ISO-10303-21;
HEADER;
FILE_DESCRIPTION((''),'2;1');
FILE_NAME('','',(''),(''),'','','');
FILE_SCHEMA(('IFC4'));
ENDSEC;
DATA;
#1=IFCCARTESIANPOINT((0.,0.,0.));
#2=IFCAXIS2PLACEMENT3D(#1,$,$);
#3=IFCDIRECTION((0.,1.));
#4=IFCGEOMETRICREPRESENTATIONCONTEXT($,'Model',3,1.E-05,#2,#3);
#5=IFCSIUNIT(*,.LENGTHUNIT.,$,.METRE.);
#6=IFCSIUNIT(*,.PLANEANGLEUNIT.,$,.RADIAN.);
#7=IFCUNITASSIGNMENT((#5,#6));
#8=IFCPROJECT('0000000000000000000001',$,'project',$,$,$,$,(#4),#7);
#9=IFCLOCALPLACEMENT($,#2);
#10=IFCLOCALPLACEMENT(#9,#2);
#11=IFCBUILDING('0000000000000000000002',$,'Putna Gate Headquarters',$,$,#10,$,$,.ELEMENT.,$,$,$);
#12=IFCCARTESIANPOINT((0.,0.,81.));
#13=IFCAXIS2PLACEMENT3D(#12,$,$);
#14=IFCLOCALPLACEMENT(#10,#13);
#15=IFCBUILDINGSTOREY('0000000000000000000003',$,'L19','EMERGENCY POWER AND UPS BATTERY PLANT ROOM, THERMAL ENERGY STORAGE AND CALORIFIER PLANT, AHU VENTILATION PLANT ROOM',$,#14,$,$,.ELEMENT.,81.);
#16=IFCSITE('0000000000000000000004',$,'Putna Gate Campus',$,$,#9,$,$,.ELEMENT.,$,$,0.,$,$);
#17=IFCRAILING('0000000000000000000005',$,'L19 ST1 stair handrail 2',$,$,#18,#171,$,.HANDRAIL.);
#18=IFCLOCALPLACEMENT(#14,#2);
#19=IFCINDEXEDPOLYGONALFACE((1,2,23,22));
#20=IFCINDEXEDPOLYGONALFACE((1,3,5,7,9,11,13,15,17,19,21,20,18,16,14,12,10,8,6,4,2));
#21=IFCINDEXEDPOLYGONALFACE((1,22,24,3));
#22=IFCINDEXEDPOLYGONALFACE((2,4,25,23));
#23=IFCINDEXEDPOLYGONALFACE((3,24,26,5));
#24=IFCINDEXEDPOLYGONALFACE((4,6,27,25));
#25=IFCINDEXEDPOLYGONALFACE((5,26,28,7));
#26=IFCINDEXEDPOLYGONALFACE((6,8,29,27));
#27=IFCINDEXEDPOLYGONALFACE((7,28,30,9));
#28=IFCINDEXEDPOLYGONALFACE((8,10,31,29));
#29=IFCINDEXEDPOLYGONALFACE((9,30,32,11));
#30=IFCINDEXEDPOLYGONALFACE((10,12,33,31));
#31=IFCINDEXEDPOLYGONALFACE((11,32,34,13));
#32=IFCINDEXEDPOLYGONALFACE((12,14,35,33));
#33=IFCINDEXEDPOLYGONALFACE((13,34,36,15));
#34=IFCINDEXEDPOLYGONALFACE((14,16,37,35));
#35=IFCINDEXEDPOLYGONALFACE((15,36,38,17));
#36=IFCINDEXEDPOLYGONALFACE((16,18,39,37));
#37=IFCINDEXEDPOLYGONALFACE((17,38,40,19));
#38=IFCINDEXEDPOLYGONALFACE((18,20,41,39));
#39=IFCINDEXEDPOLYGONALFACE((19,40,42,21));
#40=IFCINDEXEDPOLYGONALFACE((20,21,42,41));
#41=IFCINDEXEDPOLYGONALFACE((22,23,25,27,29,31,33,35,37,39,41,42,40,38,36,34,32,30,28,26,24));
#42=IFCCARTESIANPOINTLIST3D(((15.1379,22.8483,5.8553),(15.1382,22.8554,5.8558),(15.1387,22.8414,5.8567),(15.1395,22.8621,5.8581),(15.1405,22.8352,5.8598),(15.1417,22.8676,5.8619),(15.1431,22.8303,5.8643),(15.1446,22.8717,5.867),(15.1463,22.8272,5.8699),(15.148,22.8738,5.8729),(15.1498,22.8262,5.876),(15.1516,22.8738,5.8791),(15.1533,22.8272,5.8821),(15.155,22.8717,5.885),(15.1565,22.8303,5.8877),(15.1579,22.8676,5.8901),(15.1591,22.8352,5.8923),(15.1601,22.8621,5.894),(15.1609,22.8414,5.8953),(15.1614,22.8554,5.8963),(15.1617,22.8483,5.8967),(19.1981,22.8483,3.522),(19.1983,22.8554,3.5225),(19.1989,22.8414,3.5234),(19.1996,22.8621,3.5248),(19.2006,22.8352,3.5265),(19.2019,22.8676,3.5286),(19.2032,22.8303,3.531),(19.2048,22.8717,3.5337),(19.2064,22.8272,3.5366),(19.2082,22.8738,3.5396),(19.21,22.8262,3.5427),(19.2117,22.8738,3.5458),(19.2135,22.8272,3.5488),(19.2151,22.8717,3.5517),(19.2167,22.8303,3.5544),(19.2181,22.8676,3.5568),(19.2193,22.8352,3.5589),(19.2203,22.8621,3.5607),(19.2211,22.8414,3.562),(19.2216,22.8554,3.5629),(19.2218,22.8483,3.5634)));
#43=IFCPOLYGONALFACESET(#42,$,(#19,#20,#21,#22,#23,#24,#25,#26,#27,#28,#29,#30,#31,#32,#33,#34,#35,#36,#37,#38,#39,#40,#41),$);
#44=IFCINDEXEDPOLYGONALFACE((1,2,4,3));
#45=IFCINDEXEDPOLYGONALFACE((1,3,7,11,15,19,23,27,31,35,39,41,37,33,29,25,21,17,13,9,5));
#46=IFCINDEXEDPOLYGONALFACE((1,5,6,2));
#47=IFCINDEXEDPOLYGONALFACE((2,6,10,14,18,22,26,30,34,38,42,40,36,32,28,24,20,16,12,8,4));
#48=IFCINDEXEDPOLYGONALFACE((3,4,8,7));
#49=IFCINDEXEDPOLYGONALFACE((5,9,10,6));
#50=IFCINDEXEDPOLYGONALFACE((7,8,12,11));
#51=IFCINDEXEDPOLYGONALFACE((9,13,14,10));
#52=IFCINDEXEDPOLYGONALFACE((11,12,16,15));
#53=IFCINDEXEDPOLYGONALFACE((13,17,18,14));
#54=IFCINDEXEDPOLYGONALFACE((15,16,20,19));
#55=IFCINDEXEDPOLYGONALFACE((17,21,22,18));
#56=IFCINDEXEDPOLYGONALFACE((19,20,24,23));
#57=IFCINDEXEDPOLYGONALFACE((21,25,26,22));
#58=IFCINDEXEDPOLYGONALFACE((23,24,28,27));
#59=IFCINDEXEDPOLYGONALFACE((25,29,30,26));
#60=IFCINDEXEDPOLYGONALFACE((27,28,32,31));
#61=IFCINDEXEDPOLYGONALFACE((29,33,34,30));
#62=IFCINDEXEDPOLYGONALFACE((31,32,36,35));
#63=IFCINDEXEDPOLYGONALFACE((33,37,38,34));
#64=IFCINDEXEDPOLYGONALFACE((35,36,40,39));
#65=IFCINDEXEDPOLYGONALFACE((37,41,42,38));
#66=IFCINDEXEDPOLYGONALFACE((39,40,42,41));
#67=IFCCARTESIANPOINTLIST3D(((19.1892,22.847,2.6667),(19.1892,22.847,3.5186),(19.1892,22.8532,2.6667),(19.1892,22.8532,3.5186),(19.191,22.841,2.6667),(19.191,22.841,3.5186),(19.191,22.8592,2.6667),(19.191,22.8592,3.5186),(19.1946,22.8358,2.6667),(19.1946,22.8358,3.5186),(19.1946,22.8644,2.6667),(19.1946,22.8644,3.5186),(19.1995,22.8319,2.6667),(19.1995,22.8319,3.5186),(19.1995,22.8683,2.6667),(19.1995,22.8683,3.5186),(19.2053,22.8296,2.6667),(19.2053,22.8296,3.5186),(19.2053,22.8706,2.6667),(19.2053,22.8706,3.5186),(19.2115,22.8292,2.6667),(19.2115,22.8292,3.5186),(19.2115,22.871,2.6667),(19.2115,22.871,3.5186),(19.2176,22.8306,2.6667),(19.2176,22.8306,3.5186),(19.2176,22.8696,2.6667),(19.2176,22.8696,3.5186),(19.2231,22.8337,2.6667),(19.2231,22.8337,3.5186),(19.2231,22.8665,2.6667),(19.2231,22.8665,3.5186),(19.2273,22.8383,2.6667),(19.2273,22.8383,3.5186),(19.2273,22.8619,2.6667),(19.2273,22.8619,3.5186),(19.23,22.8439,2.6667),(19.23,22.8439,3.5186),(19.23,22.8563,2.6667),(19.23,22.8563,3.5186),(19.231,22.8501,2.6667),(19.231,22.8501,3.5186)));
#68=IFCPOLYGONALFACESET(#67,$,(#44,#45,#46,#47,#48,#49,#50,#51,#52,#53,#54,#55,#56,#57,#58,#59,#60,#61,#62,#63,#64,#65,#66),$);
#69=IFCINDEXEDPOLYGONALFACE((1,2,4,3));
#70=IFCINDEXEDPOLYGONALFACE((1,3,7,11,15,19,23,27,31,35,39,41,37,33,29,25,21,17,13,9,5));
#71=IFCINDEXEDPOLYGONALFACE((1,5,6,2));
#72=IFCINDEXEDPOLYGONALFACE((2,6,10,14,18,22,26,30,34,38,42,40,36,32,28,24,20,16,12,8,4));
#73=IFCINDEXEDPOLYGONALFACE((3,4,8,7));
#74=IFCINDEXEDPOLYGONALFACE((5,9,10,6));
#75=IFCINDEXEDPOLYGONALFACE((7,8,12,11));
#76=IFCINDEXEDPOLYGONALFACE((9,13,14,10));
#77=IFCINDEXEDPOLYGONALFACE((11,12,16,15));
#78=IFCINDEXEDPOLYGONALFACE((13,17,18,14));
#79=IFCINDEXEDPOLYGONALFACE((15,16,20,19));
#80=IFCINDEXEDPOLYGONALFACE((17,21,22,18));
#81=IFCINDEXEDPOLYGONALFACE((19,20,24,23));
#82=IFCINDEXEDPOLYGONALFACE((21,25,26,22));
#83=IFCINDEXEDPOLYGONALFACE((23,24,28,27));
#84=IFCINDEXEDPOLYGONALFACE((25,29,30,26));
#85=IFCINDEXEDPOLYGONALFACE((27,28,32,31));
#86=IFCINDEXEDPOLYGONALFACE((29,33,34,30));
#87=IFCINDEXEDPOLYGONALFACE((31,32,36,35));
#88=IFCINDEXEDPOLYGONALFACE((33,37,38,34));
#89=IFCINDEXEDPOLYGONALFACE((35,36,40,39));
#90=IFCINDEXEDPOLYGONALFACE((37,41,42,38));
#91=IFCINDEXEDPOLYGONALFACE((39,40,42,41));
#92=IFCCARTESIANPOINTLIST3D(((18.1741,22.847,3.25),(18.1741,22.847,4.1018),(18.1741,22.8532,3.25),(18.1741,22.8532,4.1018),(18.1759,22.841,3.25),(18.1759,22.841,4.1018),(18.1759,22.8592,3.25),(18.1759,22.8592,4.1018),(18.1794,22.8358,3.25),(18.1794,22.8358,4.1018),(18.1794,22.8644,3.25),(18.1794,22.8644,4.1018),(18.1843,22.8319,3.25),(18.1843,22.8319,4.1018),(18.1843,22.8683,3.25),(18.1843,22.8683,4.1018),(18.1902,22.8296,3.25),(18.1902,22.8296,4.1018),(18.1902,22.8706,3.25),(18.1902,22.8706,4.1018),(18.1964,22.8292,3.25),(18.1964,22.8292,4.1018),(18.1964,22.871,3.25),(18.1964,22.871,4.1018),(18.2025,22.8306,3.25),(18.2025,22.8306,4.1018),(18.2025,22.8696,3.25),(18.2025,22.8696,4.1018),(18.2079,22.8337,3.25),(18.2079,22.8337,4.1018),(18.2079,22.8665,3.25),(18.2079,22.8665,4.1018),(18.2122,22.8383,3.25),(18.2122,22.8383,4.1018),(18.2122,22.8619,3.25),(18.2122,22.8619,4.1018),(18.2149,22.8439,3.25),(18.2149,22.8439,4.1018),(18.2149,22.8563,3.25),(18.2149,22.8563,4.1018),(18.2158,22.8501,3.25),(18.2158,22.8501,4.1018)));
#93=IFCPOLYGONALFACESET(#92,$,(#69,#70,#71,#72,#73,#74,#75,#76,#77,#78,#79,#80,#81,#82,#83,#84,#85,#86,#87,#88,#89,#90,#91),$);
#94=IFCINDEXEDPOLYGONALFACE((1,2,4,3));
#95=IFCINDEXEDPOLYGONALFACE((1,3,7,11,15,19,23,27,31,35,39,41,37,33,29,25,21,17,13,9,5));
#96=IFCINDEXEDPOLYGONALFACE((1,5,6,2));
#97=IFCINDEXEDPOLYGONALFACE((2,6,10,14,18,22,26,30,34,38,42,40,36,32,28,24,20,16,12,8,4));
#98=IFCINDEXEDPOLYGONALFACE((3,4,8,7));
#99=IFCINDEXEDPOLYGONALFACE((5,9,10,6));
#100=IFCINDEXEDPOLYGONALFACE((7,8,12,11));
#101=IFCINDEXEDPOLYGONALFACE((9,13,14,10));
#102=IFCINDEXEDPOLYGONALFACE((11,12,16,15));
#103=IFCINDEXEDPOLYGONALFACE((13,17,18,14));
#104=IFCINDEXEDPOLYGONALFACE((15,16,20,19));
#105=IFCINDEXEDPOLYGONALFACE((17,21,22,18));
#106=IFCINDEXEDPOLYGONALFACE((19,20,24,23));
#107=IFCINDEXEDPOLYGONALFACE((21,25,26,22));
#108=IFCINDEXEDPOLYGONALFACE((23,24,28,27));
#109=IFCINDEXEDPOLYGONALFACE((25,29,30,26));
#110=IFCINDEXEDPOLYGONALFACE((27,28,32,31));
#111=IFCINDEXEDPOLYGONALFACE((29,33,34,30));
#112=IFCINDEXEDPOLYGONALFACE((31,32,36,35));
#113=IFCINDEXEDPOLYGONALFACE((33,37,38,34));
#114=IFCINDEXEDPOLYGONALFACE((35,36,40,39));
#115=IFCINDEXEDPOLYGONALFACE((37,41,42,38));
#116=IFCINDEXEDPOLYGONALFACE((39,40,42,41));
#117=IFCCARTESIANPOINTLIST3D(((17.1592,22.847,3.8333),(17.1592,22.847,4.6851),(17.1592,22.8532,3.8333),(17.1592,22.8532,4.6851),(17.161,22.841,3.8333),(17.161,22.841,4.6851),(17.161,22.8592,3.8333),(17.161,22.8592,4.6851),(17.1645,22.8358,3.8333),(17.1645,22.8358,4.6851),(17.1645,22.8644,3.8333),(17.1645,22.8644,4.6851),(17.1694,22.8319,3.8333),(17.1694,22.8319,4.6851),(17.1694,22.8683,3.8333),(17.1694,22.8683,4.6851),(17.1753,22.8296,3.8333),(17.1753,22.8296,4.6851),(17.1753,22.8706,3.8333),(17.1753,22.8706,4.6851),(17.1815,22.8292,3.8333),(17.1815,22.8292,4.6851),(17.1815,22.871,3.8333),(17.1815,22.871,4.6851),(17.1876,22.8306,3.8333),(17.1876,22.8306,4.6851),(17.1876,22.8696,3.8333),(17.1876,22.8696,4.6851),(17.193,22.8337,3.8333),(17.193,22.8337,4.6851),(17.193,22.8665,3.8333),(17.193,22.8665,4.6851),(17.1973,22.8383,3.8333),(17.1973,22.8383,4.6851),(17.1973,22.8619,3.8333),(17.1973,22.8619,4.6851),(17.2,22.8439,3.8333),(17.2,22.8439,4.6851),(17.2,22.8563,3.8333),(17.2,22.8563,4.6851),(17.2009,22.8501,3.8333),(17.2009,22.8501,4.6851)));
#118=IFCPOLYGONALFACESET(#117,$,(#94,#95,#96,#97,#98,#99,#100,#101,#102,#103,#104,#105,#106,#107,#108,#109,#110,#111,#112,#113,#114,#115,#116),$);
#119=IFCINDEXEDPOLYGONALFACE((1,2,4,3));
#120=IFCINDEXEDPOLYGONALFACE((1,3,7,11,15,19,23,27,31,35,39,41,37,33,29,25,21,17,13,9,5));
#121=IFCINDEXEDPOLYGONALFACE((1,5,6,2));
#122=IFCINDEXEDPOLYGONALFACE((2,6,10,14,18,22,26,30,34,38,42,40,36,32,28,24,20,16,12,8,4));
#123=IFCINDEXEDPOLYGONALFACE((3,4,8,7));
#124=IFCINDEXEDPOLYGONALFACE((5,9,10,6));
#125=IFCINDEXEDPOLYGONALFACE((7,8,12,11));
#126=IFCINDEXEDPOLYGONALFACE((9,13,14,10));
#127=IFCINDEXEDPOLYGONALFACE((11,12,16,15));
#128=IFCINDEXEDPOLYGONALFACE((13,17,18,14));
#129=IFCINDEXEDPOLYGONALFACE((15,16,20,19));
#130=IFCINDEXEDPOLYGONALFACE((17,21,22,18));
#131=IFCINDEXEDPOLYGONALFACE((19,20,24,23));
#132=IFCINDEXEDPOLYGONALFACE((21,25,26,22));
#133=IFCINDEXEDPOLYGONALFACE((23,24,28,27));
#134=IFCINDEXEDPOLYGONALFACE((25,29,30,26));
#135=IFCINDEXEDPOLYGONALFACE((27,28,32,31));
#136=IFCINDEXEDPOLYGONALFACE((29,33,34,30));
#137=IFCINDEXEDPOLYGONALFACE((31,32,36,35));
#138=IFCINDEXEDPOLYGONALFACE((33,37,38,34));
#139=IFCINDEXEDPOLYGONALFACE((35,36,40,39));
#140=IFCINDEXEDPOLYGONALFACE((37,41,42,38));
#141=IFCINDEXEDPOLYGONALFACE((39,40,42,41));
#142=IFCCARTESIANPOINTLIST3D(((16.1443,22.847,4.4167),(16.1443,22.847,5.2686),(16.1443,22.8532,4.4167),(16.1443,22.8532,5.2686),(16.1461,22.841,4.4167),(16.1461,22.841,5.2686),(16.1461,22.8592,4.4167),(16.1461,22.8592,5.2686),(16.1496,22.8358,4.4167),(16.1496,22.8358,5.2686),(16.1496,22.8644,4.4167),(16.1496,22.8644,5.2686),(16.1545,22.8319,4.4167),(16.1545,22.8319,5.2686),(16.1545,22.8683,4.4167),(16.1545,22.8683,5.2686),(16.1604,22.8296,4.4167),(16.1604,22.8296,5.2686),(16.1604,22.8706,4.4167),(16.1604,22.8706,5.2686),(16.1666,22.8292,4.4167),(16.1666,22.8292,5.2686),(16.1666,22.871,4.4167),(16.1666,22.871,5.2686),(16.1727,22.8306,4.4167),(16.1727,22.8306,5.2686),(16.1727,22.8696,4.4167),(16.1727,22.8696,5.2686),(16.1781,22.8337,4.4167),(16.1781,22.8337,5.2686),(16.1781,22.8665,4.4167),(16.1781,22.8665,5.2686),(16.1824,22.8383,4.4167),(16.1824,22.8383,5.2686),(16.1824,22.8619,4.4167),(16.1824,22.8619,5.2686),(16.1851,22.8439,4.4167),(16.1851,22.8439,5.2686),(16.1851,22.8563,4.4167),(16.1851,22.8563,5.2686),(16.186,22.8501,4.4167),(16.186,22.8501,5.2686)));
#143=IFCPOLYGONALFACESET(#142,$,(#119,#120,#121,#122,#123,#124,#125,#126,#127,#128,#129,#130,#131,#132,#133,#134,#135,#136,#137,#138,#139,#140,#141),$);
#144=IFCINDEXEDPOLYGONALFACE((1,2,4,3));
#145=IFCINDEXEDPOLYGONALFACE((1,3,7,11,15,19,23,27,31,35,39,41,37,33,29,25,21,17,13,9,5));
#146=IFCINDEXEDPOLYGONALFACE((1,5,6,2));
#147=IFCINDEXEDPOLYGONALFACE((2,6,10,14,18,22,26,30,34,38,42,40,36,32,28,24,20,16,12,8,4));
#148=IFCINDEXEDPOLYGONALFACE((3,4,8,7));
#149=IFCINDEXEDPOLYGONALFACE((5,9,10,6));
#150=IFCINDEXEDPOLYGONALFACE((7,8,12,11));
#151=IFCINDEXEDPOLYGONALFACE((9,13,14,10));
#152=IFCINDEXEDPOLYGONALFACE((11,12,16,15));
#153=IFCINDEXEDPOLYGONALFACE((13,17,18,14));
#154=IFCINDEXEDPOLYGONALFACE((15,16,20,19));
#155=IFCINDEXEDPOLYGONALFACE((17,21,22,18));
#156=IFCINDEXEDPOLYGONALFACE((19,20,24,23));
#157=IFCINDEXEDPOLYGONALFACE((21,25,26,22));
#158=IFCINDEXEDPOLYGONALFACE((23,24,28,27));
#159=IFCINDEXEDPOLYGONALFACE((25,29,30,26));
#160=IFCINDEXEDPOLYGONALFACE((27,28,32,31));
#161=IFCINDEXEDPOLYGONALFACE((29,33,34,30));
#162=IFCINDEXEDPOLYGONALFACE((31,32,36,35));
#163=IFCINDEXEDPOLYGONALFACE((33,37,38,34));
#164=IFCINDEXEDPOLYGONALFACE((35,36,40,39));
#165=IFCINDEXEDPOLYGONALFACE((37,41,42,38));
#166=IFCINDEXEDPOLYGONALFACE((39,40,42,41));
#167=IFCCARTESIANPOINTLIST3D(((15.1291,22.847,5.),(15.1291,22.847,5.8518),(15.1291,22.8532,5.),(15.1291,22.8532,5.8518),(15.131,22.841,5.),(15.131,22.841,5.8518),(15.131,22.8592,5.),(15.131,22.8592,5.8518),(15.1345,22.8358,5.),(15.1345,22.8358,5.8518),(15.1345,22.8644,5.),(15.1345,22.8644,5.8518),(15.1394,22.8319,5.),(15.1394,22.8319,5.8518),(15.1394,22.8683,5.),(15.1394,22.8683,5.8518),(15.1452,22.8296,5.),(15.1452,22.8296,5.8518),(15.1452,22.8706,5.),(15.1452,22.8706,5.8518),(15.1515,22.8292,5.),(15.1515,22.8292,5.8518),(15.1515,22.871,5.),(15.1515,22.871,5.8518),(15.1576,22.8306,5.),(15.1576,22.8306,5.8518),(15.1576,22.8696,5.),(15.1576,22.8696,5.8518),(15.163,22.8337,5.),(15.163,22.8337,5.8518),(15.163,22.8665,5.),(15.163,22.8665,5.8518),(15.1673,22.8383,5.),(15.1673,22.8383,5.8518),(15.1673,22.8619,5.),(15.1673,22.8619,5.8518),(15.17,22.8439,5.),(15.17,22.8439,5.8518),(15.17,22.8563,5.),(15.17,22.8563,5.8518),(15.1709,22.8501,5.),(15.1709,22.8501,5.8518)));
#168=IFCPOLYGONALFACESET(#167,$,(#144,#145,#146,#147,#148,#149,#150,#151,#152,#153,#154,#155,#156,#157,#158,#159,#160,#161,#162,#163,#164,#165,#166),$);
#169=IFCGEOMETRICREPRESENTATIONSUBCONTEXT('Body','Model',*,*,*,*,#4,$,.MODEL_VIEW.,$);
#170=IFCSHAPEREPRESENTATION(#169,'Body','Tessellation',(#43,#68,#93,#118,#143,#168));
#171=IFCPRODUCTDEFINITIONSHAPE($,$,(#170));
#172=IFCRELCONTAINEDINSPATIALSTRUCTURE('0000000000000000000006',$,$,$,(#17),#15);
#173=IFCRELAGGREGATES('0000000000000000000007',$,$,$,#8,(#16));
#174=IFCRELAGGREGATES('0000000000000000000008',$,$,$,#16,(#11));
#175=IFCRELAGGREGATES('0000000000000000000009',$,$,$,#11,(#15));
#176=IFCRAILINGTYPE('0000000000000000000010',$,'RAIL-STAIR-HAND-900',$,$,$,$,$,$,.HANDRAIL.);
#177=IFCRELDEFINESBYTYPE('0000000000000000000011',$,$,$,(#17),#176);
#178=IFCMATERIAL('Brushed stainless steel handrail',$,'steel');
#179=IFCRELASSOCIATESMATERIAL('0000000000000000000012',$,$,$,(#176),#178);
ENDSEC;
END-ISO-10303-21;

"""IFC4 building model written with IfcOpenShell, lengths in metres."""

from ifc_helpers import new_model, si_unit, direction, frame, origin, origin_2d, place, context, subcontext, project, spatial, circle, extrude, material, type_object, element, save


model = new_model("IFC4")

# Units and contexts
model_context = context("Model", 3, precision=1e-05, world=origin(), true_north=direction((0.0, 1.0)))
body_context = subcontext(model_context, "Body", "Model", "MODEL_VIEW")
ifc_project = project(units=[si_unit("LENGTHUNIT", "METRE"), si_unit("PLANEANGLEUNIT", "RADIAN")], contexts=[model_context])

# Site, building, storey
site_placement = place(None, origin())
site = spatial("IfcSite", under=ifc_project, at=site_placement, Name="Putna Gate Campus", CompositionType="ELEMENT", RefElevation=0.0)
building_placement = place(site_placement, origin())
building = spatial("IfcBuilding", under=site, at=building_placement, Name="Putna Gate Headquarters", CompositionType="ELEMENT")
storey_placement = place(building_placement, frame((0.0, 0.0, 81.0)))
storey = spatial("IfcBuildingStorey", under=building, at=storey_placement, Name="L19", Description="EMERGENCY POWER AND UPS BATTERY PLANT ROOM, THERMAL ENERGY STORAGE AND CALORIFIER PLANT, AHU VENTILATION PLANT ROOM", CompositionType="ELEMENT", Elevation=81.0)

# Railing
ifc_material_1 = material(Name="Brushed stainless steel handrail", Category="steel")
railing_type_1 = type_object("IfcRailingType", Name="RAIL-STAIR-HAND-900", PredefinedType="HANDRAIL", material=ifc_material_1)
railing_1_placement = place(storey_placement, frame((19.21, 22.8501, 2.6667)))
element("IfcRailing", 1, at=railing_1_placement, inside=storey, type_object=railing_type_1, Name="L19 ST1 stair handrail 2", PredefinedType="HANDRAIL", context=body_context, shape_type="SweptSolid", body=[
    extrude(circle(Radius=0.0239, at=origin_2d()), frame((0.0, 0.0, 0.876), z_axis=(-0.867025, 0.0, 0.498265), x_axis=(0.0, -1.0, 0.0)), (0.0, 0.0, 1.0), 4.6829),
    extrude(circle(Radius=0.021, at=origin_2d()), origin(), (0.0, 0.0, 1.0), 0.8518),
    extrude(circle(Radius=0.021, at=origin_2d()), frame((-1.0151, 0.0, 0.5833)), (0.0, 0.0, 1.0), 0.8518),
    extrude(circle(Radius=0.021, at=origin_2d()), frame((-2.03, 0.0, 1.1665)), (0.0, 0.0, 1.0), 0.8518),
    extrude(circle(Radius=0.021, at=origin_2d()), frame((-3.0449, 0.0, 1.75)), (0.0, 0.0, 1.0), 0.8518),
    extrude(circle(Radius=0.021, at=origin_2d()), frame((-4.0601, 0.0, 2.3333)), (0.0, 0.0, 1.0), 0.8518),
])

save(model, "model.ifc")
